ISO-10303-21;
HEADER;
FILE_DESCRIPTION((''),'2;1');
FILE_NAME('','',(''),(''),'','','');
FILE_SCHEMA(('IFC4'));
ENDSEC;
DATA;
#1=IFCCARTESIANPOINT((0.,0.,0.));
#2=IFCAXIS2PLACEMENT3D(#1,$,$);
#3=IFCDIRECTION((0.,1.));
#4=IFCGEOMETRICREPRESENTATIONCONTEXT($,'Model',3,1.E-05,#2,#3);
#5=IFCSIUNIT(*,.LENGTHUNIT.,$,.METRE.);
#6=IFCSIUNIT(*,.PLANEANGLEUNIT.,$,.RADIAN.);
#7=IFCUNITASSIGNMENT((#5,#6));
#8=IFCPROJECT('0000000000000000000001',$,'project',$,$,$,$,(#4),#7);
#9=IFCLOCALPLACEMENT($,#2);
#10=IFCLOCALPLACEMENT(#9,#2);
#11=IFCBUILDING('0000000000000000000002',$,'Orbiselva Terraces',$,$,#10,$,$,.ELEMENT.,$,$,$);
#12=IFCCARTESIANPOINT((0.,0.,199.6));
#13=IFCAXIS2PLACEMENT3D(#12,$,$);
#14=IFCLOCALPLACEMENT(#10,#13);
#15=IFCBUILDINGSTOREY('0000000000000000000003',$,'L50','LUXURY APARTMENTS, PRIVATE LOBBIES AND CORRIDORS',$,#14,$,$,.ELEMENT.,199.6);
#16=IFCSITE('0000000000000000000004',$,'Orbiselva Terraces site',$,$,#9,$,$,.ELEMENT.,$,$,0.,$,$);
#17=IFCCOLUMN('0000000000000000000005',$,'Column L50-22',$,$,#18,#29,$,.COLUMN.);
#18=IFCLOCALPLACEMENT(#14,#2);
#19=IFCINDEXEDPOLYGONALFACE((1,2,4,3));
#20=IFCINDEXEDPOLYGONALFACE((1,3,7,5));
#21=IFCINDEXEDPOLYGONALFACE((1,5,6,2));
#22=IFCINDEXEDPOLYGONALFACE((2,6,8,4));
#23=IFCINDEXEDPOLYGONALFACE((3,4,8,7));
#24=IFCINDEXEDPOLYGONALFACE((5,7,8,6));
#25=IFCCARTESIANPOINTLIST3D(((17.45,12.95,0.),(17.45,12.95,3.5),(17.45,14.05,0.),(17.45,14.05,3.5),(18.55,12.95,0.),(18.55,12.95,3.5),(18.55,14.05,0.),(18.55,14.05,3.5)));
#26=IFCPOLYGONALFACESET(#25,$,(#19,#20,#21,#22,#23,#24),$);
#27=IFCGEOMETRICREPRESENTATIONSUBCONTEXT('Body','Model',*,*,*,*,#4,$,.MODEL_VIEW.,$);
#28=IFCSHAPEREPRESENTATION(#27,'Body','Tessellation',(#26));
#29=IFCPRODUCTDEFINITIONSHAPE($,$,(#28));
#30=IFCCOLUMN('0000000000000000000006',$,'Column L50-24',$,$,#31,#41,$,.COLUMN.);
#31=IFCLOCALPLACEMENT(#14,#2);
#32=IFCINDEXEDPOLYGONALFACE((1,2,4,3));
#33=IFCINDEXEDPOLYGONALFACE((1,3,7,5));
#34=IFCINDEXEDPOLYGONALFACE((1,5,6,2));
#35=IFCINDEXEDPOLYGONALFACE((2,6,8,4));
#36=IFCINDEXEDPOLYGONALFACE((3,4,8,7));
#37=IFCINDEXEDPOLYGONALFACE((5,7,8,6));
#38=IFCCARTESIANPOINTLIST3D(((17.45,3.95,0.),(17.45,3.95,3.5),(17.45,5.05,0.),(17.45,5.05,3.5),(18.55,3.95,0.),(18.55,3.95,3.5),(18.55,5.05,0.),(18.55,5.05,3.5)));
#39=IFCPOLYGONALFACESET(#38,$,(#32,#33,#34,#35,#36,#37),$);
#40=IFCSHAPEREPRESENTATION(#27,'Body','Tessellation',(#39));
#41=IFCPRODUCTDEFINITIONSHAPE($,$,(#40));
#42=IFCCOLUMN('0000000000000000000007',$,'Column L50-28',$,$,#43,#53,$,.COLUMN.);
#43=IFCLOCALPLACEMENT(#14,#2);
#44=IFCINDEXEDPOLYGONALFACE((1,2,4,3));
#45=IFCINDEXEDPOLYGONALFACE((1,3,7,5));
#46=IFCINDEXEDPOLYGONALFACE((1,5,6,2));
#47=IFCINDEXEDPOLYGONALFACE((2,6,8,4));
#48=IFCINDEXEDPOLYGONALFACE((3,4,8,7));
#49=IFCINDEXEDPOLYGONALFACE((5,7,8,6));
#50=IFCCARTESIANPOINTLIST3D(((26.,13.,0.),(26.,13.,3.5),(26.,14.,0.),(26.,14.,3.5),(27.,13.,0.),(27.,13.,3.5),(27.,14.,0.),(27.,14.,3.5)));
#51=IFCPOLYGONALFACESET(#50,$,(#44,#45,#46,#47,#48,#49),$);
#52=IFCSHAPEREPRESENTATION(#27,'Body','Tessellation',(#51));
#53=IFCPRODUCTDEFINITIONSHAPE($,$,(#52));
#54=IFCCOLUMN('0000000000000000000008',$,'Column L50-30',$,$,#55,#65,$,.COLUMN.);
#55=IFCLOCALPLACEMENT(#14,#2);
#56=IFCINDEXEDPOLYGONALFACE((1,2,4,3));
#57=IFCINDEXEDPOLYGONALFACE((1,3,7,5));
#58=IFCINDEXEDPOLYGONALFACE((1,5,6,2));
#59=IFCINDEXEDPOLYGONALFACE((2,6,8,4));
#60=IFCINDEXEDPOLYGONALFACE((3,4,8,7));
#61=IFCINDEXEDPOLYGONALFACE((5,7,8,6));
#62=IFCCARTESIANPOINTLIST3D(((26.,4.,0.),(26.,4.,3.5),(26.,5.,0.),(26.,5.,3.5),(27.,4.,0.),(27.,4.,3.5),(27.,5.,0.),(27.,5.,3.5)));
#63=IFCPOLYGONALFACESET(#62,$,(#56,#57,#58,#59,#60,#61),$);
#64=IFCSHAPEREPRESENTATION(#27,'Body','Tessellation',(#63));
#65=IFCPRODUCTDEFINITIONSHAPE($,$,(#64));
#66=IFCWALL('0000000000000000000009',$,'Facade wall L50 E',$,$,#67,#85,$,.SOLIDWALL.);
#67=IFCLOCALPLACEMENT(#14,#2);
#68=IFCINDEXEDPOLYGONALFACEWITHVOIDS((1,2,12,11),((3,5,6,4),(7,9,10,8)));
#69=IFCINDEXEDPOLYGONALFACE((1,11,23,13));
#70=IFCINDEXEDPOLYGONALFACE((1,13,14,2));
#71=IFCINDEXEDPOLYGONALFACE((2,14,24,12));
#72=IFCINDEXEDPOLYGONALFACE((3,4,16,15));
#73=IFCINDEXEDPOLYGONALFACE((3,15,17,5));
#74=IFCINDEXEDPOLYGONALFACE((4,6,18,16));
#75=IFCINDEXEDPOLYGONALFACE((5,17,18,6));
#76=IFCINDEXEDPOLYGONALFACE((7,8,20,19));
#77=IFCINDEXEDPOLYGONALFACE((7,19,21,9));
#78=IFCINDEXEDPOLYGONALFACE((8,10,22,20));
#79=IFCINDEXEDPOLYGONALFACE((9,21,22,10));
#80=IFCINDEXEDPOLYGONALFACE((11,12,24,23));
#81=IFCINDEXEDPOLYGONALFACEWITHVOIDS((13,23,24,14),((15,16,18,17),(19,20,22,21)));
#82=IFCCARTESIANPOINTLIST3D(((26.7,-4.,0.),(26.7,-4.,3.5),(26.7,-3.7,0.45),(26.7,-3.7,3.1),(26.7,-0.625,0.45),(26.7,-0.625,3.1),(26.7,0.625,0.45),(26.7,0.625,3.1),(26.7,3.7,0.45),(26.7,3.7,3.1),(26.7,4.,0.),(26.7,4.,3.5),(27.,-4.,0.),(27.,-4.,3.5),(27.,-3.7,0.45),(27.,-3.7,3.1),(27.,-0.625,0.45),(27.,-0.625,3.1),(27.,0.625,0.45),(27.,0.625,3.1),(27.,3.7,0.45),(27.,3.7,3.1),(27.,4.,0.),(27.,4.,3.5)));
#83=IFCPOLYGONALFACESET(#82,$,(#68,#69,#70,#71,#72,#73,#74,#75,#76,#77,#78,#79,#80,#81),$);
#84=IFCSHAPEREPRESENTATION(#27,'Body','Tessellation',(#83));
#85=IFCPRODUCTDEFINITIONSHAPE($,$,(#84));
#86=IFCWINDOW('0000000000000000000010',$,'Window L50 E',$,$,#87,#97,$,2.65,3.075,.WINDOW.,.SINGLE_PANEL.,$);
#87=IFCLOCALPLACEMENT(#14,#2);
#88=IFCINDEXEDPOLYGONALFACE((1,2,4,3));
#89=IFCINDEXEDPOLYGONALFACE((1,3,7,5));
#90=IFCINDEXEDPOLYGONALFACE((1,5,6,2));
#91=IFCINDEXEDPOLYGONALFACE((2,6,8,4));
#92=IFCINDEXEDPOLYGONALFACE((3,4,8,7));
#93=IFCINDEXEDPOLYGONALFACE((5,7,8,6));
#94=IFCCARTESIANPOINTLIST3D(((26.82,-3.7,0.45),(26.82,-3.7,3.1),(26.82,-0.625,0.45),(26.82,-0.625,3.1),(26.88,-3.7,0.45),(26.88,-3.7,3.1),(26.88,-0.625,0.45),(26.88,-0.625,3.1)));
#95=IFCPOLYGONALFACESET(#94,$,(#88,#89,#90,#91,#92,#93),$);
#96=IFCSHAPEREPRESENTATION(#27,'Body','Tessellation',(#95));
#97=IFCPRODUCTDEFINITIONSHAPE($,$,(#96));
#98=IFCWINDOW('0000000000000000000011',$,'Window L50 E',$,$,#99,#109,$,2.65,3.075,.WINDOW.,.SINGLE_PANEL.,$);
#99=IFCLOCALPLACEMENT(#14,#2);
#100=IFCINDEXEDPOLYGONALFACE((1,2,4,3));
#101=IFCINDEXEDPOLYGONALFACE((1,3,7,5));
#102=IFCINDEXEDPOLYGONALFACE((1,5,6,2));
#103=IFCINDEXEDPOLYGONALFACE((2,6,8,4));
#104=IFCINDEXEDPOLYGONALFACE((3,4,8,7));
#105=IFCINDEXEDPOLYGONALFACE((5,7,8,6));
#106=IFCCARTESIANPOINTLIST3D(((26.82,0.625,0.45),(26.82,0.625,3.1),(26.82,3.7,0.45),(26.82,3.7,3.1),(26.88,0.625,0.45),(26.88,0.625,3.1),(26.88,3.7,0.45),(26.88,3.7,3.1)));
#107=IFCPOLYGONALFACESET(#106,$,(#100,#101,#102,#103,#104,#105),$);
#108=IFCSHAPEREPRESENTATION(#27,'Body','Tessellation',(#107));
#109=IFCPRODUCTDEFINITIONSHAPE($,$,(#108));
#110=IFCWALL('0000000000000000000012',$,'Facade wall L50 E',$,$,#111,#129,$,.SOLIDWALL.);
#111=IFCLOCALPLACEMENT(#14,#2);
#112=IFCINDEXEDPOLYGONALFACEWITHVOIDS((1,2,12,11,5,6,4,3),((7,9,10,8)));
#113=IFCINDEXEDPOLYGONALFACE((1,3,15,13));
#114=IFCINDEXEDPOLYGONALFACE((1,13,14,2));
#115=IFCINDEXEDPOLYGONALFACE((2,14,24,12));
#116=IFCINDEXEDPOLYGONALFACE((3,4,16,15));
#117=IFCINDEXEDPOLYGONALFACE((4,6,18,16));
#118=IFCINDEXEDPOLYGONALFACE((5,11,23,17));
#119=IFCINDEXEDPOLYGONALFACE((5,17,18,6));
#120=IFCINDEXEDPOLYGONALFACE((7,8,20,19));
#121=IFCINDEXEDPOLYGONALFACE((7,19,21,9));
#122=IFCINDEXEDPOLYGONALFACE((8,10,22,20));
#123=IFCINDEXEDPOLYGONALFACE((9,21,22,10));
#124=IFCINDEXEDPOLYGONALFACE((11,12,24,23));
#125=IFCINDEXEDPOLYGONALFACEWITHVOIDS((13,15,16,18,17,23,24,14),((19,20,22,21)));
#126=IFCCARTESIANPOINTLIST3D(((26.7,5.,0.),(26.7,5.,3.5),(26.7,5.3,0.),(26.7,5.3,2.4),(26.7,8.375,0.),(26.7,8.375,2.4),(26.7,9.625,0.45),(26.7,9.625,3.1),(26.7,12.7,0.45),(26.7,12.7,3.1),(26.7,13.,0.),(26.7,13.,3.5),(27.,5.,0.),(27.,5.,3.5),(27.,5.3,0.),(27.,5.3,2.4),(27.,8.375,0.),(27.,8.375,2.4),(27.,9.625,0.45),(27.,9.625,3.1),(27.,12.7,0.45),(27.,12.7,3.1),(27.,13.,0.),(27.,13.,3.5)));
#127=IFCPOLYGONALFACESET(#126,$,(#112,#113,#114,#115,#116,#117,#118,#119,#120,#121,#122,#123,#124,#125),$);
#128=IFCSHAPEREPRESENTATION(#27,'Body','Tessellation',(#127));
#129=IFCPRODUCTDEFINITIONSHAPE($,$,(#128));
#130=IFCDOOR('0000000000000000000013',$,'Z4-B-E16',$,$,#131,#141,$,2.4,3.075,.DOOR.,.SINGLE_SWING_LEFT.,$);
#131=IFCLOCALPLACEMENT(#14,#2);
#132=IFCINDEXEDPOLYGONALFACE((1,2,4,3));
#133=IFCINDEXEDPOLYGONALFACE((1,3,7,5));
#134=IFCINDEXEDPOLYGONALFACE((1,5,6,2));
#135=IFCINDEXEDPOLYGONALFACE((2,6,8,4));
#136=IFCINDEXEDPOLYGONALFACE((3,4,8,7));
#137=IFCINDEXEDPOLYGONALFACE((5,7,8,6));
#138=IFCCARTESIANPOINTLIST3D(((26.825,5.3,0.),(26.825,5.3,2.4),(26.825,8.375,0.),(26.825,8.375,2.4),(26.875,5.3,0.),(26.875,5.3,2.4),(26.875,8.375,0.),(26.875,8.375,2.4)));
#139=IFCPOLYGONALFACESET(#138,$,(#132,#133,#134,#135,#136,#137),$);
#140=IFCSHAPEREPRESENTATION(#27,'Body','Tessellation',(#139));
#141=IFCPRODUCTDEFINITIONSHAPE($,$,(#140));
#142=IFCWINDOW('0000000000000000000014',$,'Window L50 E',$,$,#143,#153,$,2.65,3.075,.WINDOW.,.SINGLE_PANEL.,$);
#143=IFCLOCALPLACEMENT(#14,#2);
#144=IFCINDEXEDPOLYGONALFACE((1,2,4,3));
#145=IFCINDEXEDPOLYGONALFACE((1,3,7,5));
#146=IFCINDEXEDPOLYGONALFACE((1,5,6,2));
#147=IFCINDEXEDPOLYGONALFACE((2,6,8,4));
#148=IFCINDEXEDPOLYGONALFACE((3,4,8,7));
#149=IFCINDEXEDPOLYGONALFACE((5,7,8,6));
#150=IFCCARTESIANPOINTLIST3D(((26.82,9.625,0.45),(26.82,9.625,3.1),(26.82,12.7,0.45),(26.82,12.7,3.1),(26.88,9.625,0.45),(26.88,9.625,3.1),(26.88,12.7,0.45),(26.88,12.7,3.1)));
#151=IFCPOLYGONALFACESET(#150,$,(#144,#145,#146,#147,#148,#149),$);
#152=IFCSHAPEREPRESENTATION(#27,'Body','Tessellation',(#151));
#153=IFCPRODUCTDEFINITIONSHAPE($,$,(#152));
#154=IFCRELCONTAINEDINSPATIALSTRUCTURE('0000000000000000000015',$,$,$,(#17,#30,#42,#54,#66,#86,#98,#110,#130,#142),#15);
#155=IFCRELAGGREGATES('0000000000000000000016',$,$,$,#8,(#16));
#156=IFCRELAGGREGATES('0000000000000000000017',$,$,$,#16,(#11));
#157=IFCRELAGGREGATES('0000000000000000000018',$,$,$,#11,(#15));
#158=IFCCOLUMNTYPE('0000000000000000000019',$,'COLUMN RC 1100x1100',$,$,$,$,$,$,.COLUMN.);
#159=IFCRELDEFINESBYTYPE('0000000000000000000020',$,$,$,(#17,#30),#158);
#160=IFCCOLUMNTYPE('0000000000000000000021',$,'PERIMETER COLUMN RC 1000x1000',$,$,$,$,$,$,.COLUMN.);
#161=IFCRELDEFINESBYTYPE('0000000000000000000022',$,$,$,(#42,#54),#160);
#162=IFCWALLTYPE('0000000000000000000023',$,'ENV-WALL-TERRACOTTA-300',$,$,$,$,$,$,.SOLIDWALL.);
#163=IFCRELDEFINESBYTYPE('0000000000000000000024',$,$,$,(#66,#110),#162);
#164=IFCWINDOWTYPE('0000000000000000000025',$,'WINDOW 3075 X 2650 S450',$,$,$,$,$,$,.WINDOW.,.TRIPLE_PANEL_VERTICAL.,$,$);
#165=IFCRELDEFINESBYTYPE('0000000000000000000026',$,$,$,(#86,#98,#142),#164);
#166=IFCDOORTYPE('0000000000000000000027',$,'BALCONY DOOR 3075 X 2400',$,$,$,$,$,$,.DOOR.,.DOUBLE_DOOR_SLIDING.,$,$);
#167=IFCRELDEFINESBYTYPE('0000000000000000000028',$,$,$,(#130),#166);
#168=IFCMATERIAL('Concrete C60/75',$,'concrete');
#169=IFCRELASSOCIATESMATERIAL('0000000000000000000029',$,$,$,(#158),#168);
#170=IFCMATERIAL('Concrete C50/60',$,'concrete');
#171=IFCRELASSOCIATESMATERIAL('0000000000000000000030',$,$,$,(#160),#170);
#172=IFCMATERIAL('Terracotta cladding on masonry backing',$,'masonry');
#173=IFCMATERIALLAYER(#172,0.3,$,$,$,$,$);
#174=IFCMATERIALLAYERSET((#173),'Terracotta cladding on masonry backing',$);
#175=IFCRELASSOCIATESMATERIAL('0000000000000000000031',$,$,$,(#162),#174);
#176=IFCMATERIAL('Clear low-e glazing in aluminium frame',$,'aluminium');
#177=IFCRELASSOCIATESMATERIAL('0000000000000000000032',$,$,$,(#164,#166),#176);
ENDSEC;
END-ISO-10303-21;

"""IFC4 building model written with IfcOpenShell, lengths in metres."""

from ifc_helpers import new_model, si_unit, direction, frame, frame_2d, origin, origin_2d, place, context, subcontext, project, spatial, rectangle, extrude, material, layer, layer_set, material_profile, profile_set, type_object, element, fill, save


model = new_model("IFC4")

# Units and contexts
model_context = context("Model", 3, precision=1e-05, world=origin(), true_north=direction((0.0, 1.0)))
body_context = subcontext(model_context, "Body", "Model", "MODEL_VIEW")
ifc_project = project(units=[si_unit("LENGTHUNIT", "METRE"), si_unit("PLANEANGLEUNIT", "RADIAN")], contexts=[model_context])

# Site, building, storey
site_placement = place(None, origin())
site = spatial("IfcSite", under=ifc_project, at=site_placement, Name="Orbiselva Terraces site", CompositionType="ELEMENT", RefElevation=0.0)
building_placement = place(site_placement, origin())
building = spatial("IfcBuilding", under=site, at=building_placement, Name="Orbiselva Terraces", CompositionType="ELEMENT")
storey_placement = place(building_placement, frame((0.0, 0.0, 199.6)))
storey = spatial("IfcBuildingStorey", under=building, at=storey_placement, Name="L50", Description="LUXURY APARTMENTS, PRIVATE LOBBIES AND CORRIDORS", CompositionType="ELEMENT", Elevation=199.6)

# Columns
ifc_material_1 = material(Name="Concrete C60/75", Category="concrete")
ifc_material_profile_1 = material_profile(ifc_material_1, rectangle(XDim=1.1, YDim=1.1, at=origin_2d()), Name="RC 1100x1100")
ifc_profile_set_1 = profile_set([ifc_material_profile_1], Name="Concrete C60/75")
column_type_1 = type_object("IfcColumnType", Name="COLUMN RC 1100x1100", PredefinedType="COLUMN", material=ifc_profile_set_1)
for number, where, z_axis, x_axis, name in (
    (1, (18.0, 13.5, 0.0), (0.0, 0.0, 1.0), (1.0, 0.0, 0.0), "Column L50-22"),
    (2, (18.0, 4.5, 0.0), (0.0, 0.0, 1.0), (1.0, 0.0, 0.0), "Column L50-24"),
):
    element("IfcColumn", number, at=place(storey_placement, frame(where, z_axis=z_axis, x_axis=x_axis)), inside=storey, type_object=column_type_1, Name=name, PredefinedType="COLUMN", context=body_context, shape_type="SweptSolid", body=[
        extrude(rectangle(XDim=1.1, YDim=1.1, at=origin_2d()), origin(), (0.0, 0.0, 1.0), 3.5),
    ])
ifc_material_2 = material(Name="Concrete C50/60", Category="concrete")
ifc_material_profile_2 = material_profile(ifc_material_2, rectangle(XDim=1.0, YDim=1.0, at=origin_2d()), Name="RC 1000x1000")
ifc_profile_set_2 = profile_set([ifc_material_profile_2], Name="Concrete C50/60")
column_type_2 = type_object("IfcColumnType", Name="PERIMETER COLUMN RC 1000x1000", PredefinedType="COLUMN", material=ifc_profile_set_2)
for number, where, z_axis, x_axis, name in (
    (3, (26.5, 13.5, 0.0), (0.0, 0.0, 1.0), (1.0, 0.0, 0.0), "Column L50-28"),
    (4, (26.5, 4.5, 0.0), (0.0, 0.0, 1.0), (1.0, 0.0, 0.0), "Column L50-30"),
):
    element("IfcColumn", number, at=place(storey_placement, frame(where, z_axis=z_axis, x_axis=x_axis)), inside=storey, type_object=column_type_2, Name=name, PredefinedType="COLUMN", context=body_context, shape_type="SweptSolid", body=[
        extrude(rectangle(XDim=1.0, YDim=1.0, at=origin_2d()), origin(), (0.0, 0.0, 1.0), 3.5),
    ])

# Wall, openings, windows
ifc_material_3 = material(Name="Terracotta cladding on masonry backing", Category="masonry")
ifc_layer_1 = layer(ifc_material_3, 0.3)
ifc_layer_set_1 = layer_set([ifc_layer_1], Name="Terracotta cladding on masonry backing")
wall_type_1 = type_object("IfcWallType", Name="ENV-WALL-TERRACOTTA-300", PredefinedType="SOLIDWALL", material=ifc_layer_set_1)
wall_1_placement = place(storey_placement, frame((26.85, 4.0, 0.0), z_axis=(0.0, 0.0, 1.0), x_axis=(0.0, -1.0, 0.0)))
wall_1 = element("IfcWall", 5, at=wall_1_placement, inside=storey, type_object=wall_type_1, Name="Facade wall L50 E", PredefinedType="SOLIDWALL", context=body_context, shape_type="SweptSolid", body=[
    extrude(rectangle(XDim=8.0, YDim=0.3, at=frame_2d((4.0, 0.0))), origin(), (0.0, 0.0, 1.0), 3.5),
])
opening_1_placement = place(wall_1_placement, frame((4.625, 0.0, 0.45)))
opening_1 = element("IfcOpeningElement", 6, at=opening_1_placement, cuts=wall_1, PredefinedType="OPENING", context=body_context, shape_type="SweptSolid", body=[
    extrude(rectangle(XDim=3.075, YDim=2.65, at=frame_2d((1.5375, 1.325))), frame((0.0, 0.16, 0.0), z_axis=(0.0, -1.0, 0.0), x_axis=(1.0, 0.0, 0.0)), (0.0, 0.0, 1.0), 0.32),
])
opening_2_placement = place(wall_1_placement, frame((0.3, 0.0, 0.45)))
opening_2 = element("IfcOpeningElement", 7, at=opening_2_placement, cuts=wall_1, PredefinedType="OPENING", context=body_context, shape_type="SweptSolid", body=[
    extrude(rectangle(XDim=3.075, YDim=2.65, at=frame_2d((1.5375, 1.325))), frame((0.0, 0.16, 0.0), z_axis=(0.0, -1.0, 0.0), x_axis=(1.0, 0.0, 0.0)), (0.0, 0.0, 1.0), 0.32),
])
ifc_material_4 = material(Name="Clear low-e glazing in aluminium frame", Category="aluminium")
window_type = type_object("IfcWindowType", Name="WINDOW 3075 X 2650 S450", PartitioningType="TRIPLE_PANEL_VERTICAL", PredefinedType="WINDOW", material=ifc_material_4)
window_1_placement = place(opening_1_placement, origin())
window_1 = element("IfcWindow", 8, at=window_1_placement, inside=storey, type_object=window_type, Name="Window L50 E", OverallHeight=2.65, OverallWidth=3.075, PartitioningType="SINGLE_PANEL", PredefinedType="WINDOW", context=body_context, shape_type="SweptSolid", body=[
    extrude(rectangle(XDim=3.075, YDim=2.65, at=frame_2d((1.5375, 1.325))), frame((0.0, 0.03, 0.0), z_axis=(0.0, -1.0, 0.0), x_axis=(1.0, 0.0, 0.0)), (0.0, 0.0, 1.0), 0.06),
])
fill(opening_1, window_1)
window_2_placement = place(opening_2_placement, origin())
window_2 = element("IfcWindow", 9, at=window_2_placement, inside=storey, type_object=window_type, Name="Window L50 E", OverallHeight=2.65, OverallWidth=3.075, PartitioningType="SINGLE_PANEL", PredefinedType="WINDOW", context=body_context, shape_type="SweptSolid", body=[
    extrude(rectangle(XDim=3.075, YDim=2.65, at=frame_2d((1.5375, 1.325))), frame((0.0, 0.03, 0.0), z_axis=(0.0, -1.0, 0.0), x_axis=(1.0, 0.0, 0.0)), (0.0, 0.0, 1.0), 0.06),
])
fill(opening_2, window_2)

# Wall, openings, door, window
wall_2_placement = place(storey_placement, frame((26.85, 13.0, 0.0), z_axis=(0.0, 0.0, 1.0), x_axis=(0.0, -1.0, 0.0)))
wall_2 = element("IfcWall", 10, at=wall_2_placement, inside=storey, type_object=wall_type_1, Name="Facade wall L50 E", PredefinedType="SOLIDWALL", context=body_context, shape_type="SweptSolid", body=[
    extrude(rectangle(XDim=8.0, YDim=0.3, at=frame_2d((4.0, 0.0))), origin(), (0.0, 0.0, 1.0), 3.5),
])
opening_3_placement = place(wall_2_placement, frame((4.625, 0.0, 0.0)))
opening_3 = element("IfcOpeningElement", 11, at=opening_3_placement, cuts=wall_2, PredefinedType="OPENING", context=body_context, shape_type="SweptSolid", body=[
    extrude(rectangle(XDim=3.075, YDim=2.4, at=frame_2d((1.5375, 1.2))), frame((0.0, 0.16, 0.0), z_axis=(0.0, -1.0, 0.0), x_axis=(1.0, 0.0, 0.0)), (0.0, 0.0, 1.0), 0.32),
])
opening_4_placement = place(wall_2_placement, frame((0.3, 0.0, 0.45)))
opening_4 = element("IfcOpeningElement", 12, at=opening_4_placement, cuts=wall_2, PredefinedType="OPENING", context=body_context, shape_type="SweptSolid", body=[
    extrude(rectangle(XDim=3.075, YDim=2.65, at=frame_2d((1.5375, 1.325))), frame((0.0, 0.16, 0.0), z_axis=(0.0, -1.0, 0.0), x_axis=(1.0, 0.0, 0.0)), (0.0, 0.0, 1.0), 0.32),
])
door_type_1 = type_object("IfcDoorType", Name="BALCONY DOOR 3075 X 2400", OperationType="DOUBLE_DOOR_SLIDING", PredefinedType="DOOR", material=ifc_material_4)
door_1_placement = place(opening_3_placement, origin())
door_1 = element("IfcDoor", 13, at=door_1_placement, inside=storey, type_object=door_type_1, Name="Z4-B-E16", OperationType="SINGLE_SWING_LEFT", OverallHeight=2.4, OverallWidth=3.075, PredefinedType="DOOR", context=body_context, shape_type="SweptSolid", body=[
    extrude(rectangle(XDim=3.075, YDim=2.4, at=frame_2d((1.5375, 1.2))), frame((0.0, 0.025, 0.0), z_axis=(0.0, -1.0, 0.0), x_axis=(1.0, 0.0, 0.0)), (0.0, 0.0, 1.0), 0.05),
])
fill(opening_3, door_1)
window_3_placement = place(opening_4_placement, origin())
window_3 = element("IfcWindow", 14, at=window_3_placement, inside=storey, type_object=window_type, Name="Window L50 E", OverallHeight=2.65, OverallWidth=3.075, PartitioningType="SINGLE_PANEL", PredefinedType="WINDOW", context=body_context, shape_type="SweptSolid", body=[
    extrude(rectangle(XDim=3.075, YDim=2.65, at=frame_2d((1.5375, 1.325))), frame((0.0, 0.03, 0.0), z_axis=(0.0, -1.0, 0.0), x_axis=(1.0, 0.0, 0.0)), (0.0, 0.0, 1.0), 0.06),
])
fill(opening_4, window_3)

save(model, "model.ifc")
